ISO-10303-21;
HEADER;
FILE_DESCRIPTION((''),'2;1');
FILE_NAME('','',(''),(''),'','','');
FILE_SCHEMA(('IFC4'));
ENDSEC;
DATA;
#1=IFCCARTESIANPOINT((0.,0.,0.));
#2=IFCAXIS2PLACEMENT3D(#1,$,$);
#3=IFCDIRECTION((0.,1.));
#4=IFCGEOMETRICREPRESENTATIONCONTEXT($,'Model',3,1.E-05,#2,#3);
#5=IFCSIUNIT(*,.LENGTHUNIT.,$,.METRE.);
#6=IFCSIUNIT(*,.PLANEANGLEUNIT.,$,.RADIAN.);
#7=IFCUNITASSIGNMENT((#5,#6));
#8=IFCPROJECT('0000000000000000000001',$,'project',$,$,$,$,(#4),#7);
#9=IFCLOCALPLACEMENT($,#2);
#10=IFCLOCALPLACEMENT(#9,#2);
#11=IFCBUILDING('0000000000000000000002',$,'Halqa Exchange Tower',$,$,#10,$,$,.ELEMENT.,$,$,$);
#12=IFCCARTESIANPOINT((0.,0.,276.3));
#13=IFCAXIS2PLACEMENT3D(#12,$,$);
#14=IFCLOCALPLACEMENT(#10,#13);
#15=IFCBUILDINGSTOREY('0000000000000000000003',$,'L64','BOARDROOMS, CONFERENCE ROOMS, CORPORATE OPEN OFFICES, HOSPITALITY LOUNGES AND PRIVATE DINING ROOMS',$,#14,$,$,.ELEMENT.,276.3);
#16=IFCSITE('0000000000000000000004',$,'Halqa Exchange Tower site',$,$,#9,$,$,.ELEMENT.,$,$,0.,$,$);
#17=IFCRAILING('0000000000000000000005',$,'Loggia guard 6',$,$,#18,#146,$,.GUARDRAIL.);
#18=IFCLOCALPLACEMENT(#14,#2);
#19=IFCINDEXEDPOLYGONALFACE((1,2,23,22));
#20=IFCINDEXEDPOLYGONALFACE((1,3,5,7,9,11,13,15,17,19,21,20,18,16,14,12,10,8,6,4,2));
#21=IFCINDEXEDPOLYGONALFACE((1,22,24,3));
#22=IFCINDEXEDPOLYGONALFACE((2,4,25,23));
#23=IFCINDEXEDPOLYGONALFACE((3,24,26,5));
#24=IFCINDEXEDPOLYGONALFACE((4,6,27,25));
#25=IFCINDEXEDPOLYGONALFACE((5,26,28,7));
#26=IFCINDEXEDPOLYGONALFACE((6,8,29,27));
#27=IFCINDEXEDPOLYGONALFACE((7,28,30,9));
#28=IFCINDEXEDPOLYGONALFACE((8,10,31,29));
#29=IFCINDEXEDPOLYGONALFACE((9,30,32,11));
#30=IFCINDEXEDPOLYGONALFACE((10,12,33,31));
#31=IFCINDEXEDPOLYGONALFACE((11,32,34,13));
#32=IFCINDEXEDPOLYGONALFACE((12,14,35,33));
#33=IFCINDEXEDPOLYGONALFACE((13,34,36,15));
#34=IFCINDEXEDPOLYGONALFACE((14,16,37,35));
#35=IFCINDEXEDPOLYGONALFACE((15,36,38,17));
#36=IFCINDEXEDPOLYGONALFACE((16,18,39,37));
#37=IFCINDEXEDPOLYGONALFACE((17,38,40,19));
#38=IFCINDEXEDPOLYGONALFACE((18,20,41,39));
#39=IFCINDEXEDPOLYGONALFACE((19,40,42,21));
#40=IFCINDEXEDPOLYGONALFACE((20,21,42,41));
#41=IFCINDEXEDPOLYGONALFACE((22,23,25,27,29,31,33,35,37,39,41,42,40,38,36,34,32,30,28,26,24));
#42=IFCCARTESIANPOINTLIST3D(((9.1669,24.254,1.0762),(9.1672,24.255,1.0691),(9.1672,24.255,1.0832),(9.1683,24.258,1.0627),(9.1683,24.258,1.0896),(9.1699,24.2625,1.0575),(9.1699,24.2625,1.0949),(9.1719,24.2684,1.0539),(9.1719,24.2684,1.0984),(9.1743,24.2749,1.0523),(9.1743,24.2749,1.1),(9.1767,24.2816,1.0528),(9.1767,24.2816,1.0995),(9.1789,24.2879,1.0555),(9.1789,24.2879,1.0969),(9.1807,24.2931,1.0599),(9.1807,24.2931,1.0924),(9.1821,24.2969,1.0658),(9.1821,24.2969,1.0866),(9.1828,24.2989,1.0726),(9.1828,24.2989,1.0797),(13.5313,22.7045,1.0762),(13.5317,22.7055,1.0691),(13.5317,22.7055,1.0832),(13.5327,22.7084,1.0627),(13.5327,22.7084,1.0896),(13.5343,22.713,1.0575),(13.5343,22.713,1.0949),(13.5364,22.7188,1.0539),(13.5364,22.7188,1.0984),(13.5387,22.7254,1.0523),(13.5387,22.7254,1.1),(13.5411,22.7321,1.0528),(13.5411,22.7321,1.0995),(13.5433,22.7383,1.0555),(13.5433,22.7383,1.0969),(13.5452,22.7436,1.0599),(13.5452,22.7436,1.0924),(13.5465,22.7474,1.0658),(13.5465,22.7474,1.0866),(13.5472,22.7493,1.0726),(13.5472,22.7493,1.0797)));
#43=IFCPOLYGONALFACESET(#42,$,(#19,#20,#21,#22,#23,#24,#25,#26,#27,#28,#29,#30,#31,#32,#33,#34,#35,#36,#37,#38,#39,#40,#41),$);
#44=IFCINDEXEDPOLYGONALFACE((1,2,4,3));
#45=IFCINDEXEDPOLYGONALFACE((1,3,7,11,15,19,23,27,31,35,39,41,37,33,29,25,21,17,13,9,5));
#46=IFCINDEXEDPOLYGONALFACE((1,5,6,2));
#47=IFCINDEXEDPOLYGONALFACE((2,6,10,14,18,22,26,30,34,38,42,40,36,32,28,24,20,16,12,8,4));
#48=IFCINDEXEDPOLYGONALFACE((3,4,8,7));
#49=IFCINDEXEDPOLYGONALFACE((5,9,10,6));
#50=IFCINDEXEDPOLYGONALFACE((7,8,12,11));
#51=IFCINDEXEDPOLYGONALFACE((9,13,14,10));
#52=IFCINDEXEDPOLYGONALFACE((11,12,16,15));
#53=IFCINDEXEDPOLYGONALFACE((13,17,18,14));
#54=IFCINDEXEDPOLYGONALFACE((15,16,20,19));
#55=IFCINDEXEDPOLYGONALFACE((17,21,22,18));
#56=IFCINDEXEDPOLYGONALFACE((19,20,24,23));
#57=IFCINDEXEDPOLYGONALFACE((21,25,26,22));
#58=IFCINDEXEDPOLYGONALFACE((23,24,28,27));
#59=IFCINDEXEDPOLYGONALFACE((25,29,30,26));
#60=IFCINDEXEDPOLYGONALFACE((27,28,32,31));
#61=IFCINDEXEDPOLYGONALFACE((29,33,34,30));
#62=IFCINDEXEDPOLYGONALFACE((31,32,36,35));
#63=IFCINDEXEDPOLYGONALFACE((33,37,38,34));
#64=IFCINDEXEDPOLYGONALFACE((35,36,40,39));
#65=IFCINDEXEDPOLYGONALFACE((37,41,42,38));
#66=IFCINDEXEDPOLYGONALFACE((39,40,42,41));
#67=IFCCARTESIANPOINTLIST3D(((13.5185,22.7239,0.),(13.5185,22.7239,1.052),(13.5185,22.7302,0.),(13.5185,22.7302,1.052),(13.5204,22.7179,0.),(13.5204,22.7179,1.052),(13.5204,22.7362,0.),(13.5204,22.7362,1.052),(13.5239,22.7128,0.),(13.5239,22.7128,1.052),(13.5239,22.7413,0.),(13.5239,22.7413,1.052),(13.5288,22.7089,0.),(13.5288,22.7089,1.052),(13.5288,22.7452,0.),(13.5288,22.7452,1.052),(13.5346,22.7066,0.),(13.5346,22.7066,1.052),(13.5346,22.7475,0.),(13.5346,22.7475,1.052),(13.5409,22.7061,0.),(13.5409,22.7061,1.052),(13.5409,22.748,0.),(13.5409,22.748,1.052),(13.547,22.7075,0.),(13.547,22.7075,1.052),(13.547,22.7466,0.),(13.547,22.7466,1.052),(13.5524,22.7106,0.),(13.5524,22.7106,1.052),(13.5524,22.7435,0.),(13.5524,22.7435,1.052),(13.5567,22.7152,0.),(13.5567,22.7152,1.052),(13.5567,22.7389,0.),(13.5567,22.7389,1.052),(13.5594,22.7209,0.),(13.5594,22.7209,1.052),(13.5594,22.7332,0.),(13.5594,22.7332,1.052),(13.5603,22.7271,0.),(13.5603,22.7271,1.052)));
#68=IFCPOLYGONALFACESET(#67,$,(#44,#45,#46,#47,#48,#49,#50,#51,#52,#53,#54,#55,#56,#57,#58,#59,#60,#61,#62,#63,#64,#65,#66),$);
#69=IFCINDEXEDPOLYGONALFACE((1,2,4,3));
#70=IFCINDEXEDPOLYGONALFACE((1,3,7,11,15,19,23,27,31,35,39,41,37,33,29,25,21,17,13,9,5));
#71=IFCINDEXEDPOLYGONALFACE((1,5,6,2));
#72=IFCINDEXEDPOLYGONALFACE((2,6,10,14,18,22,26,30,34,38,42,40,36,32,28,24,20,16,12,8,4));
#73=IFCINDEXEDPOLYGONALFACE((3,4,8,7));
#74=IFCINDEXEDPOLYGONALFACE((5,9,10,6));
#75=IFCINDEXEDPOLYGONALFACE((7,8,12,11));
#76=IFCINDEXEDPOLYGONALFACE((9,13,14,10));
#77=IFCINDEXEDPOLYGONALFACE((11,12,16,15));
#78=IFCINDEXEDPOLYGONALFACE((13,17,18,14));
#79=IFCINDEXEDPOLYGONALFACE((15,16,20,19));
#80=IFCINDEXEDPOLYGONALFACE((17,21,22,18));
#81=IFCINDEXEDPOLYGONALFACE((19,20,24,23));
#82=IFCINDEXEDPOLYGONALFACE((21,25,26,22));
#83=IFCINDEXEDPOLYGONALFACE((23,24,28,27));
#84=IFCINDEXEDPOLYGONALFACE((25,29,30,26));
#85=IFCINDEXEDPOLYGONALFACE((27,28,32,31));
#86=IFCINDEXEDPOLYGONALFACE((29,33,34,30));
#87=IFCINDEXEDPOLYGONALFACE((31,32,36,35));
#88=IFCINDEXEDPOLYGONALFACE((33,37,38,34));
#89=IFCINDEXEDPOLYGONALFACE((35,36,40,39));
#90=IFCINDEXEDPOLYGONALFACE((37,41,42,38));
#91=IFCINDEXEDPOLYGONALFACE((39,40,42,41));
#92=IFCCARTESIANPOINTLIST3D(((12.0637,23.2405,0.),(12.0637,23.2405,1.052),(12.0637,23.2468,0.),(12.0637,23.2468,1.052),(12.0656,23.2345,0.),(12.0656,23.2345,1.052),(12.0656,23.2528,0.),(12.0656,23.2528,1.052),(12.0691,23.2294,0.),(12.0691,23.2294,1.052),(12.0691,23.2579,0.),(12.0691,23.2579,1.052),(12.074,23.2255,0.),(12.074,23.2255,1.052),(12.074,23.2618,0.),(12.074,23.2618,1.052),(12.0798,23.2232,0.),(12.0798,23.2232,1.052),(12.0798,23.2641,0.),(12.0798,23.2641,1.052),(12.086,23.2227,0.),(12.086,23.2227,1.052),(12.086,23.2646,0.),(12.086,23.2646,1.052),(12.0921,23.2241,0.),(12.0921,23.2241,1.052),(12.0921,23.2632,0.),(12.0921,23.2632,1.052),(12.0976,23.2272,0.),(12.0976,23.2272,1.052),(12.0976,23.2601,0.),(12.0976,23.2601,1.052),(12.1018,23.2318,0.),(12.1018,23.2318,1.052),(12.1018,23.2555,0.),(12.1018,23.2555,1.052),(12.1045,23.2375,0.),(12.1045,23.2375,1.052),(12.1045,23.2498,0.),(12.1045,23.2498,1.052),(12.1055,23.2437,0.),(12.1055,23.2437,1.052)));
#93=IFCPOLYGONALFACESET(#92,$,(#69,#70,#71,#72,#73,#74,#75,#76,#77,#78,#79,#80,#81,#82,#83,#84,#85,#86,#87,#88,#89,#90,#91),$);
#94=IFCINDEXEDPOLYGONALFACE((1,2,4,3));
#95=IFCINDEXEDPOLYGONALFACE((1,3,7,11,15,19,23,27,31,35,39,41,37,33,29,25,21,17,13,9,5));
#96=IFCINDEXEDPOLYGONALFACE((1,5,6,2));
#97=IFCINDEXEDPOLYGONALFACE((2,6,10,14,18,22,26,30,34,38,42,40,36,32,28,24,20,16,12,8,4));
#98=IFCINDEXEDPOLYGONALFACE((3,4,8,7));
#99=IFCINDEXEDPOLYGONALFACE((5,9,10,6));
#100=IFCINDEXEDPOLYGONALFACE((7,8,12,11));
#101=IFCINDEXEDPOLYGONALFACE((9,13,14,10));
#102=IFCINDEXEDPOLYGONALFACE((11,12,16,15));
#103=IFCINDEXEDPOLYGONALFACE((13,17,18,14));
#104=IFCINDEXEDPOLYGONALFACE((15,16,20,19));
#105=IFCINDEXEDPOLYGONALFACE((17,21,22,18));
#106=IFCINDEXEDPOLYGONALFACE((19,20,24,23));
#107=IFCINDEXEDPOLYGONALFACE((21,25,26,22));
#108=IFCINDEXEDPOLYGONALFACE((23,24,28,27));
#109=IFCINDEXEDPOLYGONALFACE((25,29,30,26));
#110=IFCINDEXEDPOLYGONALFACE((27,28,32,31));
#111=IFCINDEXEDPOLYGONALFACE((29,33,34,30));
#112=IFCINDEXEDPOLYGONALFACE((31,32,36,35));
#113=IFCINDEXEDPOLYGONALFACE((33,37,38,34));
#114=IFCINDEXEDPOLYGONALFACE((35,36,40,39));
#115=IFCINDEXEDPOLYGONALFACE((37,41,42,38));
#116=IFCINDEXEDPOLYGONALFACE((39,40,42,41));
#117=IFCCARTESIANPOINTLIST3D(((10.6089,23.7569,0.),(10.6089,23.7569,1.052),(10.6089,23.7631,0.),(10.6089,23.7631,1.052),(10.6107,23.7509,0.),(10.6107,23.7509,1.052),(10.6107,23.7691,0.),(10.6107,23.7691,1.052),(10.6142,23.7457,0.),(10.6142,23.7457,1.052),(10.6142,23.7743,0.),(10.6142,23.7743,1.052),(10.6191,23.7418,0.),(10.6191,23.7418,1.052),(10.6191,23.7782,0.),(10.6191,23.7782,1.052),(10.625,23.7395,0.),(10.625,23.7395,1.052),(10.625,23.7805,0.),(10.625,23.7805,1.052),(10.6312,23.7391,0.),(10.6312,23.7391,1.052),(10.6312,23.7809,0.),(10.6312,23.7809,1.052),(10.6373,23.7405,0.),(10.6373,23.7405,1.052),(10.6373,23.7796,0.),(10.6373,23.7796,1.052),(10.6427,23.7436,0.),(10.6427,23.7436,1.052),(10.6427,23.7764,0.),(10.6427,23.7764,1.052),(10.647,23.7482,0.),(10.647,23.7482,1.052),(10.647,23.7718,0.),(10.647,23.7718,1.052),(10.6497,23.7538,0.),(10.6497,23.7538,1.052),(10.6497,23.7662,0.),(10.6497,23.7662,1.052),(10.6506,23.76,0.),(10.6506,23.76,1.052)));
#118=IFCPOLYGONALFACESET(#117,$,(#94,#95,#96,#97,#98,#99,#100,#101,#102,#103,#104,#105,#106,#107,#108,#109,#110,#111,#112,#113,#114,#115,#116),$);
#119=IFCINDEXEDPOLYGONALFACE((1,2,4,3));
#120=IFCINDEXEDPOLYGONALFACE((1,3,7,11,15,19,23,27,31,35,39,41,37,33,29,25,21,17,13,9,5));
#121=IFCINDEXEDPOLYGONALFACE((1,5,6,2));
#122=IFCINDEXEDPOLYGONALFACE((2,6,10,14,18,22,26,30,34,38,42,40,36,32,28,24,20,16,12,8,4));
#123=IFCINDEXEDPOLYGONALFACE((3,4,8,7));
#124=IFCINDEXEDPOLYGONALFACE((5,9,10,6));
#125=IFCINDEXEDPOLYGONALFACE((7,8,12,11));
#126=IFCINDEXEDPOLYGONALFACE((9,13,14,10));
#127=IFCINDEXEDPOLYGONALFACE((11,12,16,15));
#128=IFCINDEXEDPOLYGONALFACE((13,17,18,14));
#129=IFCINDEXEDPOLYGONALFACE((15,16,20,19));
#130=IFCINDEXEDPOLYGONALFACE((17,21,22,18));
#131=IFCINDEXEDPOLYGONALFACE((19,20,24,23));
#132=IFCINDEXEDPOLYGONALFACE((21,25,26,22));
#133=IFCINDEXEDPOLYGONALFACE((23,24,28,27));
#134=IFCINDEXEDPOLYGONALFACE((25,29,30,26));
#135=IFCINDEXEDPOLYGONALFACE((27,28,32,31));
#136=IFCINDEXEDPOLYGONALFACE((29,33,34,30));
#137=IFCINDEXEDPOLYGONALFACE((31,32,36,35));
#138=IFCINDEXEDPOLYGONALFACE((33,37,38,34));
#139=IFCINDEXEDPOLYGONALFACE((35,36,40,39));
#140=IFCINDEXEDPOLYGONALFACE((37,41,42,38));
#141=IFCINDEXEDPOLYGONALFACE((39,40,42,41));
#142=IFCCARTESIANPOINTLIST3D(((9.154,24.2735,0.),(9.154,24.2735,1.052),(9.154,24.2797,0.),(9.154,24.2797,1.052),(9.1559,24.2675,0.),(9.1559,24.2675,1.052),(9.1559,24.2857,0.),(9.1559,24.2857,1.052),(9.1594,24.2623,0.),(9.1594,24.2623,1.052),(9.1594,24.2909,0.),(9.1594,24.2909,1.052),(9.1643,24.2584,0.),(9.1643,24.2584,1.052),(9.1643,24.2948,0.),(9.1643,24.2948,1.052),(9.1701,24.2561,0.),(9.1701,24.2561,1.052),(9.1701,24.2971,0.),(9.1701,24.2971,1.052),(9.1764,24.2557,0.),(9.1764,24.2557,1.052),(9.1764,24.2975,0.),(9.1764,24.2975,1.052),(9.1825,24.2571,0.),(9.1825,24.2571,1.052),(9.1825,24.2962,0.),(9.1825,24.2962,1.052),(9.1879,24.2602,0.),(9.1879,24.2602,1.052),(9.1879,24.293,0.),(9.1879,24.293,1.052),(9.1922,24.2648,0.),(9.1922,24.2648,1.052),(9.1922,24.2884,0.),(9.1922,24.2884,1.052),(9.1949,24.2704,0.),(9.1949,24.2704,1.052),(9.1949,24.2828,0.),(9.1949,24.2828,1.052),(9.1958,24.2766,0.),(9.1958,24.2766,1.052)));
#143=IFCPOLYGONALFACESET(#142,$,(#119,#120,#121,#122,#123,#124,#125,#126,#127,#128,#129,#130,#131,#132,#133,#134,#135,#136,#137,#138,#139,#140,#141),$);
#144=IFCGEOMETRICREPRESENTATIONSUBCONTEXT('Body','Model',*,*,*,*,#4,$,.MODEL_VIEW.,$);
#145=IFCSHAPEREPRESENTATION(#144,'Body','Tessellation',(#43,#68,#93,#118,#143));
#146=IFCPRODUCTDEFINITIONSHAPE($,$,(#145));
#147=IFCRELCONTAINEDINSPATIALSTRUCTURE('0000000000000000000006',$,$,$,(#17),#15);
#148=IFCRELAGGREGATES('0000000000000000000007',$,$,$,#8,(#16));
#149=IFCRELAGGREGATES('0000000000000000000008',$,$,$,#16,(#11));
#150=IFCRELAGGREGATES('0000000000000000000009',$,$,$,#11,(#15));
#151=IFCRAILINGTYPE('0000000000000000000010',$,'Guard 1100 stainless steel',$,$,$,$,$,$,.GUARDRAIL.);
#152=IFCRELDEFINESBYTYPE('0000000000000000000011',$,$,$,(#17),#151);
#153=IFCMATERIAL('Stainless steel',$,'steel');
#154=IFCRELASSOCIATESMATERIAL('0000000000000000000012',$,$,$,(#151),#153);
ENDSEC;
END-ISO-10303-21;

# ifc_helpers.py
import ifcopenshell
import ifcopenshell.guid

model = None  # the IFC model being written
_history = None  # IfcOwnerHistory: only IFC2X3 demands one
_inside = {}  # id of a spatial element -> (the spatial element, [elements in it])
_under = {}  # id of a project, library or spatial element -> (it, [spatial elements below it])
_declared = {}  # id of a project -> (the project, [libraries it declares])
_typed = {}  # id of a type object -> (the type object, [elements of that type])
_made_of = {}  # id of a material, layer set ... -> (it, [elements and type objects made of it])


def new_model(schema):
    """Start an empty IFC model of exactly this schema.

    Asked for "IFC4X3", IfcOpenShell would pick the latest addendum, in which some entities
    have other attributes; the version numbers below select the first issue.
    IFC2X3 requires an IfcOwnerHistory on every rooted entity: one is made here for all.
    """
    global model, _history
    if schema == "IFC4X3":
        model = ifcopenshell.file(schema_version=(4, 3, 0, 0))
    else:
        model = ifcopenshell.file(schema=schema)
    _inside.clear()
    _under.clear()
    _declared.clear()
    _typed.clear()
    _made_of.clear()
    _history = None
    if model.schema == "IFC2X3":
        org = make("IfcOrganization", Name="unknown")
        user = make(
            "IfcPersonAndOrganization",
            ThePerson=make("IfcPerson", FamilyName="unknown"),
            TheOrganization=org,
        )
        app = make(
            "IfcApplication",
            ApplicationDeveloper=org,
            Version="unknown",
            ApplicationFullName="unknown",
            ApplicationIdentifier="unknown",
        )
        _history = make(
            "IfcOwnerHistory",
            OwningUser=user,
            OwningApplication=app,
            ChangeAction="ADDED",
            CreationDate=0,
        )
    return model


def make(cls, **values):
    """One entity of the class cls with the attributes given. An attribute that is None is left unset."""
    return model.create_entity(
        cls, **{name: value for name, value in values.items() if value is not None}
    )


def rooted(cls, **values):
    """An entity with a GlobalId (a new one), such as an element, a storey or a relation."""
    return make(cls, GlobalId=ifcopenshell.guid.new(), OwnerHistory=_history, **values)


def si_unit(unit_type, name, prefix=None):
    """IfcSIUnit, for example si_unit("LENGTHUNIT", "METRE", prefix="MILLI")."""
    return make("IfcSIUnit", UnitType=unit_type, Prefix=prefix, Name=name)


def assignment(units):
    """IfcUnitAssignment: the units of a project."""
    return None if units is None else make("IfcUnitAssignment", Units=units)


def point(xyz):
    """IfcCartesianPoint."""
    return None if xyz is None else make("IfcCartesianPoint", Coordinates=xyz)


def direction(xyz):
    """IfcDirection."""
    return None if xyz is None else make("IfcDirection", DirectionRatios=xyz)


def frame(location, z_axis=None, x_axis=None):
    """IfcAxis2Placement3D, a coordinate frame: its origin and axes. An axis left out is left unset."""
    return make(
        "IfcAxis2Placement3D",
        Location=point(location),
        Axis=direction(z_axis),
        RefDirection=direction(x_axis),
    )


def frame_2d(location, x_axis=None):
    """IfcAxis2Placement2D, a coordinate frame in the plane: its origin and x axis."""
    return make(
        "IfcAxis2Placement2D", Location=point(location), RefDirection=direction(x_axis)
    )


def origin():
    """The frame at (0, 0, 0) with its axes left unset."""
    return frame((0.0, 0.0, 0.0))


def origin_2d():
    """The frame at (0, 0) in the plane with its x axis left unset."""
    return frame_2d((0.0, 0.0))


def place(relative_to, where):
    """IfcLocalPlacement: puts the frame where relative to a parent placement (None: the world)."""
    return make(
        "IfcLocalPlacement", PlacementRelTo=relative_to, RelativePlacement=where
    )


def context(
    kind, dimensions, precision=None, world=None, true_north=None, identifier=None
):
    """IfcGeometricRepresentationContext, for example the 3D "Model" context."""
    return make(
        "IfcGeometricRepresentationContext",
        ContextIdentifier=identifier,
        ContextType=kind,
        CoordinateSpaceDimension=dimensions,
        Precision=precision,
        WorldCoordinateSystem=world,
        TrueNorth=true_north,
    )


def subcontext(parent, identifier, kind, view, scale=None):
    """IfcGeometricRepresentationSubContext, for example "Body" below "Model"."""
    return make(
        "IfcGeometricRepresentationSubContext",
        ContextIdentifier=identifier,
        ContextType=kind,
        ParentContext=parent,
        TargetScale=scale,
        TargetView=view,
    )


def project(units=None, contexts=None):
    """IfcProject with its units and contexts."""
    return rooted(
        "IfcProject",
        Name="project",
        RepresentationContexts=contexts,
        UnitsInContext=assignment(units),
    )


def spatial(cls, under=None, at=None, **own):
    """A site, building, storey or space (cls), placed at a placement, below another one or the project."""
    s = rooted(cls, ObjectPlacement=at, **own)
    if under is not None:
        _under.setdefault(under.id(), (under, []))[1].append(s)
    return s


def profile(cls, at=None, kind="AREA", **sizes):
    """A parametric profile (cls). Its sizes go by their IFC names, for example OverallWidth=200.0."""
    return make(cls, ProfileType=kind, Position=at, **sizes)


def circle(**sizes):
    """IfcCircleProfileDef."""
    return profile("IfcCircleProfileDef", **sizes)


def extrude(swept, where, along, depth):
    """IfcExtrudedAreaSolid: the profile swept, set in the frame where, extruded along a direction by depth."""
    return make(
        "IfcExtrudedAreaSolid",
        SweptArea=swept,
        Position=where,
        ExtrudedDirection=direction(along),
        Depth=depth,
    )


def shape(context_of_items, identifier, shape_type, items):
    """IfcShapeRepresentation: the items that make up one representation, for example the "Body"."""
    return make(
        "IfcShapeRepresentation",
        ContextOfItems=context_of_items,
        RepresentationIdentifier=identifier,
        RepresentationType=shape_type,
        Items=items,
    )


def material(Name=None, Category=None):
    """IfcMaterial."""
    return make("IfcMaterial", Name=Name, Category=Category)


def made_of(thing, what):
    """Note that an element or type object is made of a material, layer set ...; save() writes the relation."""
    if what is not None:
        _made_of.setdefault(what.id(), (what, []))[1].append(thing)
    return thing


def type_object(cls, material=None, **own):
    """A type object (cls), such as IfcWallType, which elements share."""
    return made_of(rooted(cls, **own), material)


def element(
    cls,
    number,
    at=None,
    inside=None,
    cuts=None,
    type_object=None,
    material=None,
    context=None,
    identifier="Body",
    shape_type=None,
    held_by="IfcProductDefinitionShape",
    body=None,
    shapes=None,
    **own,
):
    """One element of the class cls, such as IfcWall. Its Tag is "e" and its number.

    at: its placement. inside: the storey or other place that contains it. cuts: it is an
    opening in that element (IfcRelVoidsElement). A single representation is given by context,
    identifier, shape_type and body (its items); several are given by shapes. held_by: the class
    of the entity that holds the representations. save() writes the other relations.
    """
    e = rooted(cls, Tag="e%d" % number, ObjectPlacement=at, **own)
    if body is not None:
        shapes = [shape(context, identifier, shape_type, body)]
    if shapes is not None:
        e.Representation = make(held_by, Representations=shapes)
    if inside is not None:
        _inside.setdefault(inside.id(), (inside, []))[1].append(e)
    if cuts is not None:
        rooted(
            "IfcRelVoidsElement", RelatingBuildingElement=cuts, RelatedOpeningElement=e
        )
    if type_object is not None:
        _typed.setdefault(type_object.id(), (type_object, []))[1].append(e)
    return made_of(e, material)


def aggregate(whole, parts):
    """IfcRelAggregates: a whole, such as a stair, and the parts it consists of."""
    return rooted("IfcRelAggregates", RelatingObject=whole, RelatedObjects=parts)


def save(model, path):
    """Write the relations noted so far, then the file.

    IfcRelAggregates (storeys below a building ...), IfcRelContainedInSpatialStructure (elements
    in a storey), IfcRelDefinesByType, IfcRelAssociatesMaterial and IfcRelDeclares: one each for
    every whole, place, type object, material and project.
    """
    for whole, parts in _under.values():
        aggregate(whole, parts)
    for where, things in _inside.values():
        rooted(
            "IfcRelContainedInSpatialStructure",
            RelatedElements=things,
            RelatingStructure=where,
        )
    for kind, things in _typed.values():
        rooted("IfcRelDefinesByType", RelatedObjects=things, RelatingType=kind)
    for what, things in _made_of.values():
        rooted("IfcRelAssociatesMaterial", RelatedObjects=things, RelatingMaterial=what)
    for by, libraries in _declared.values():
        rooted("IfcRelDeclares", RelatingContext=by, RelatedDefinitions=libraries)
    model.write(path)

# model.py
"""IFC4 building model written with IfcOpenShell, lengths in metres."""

from ifc_helpers import new_model, si_unit, direction, frame, origin, origin_2d, place, context, subcontext, project, spatial, circle, extrude, material, type_object, element, save


model = new_model("IFC4")

# Units and contexts
model_context = context("Model", 3, precision=1e-05, world=origin(), true_north=direction((0.0, 1.0)))
body_context = subcontext(model_context, "Body", "Model", "MODEL_VIEW")
ifc_project = project(units=[si_unit("LENGTHUNIT", "METRE"), si_unit("PLANEANGLEUNIT", "RADIAN")], contexts=[model_context])

# Site, building, storey
site_placement = place(None, origin())
site = spatial("IfcSite", under=ifc_project, at=site_placement, Name="Halqa Exchange Tower site", CompositionType="ELEMENT", RefElevation=0.0)
building_placement = place(site_placement, origin())
building = spatial("IfcBuilding", under=site, at=building_placement, Name="Halqa Exchange Tower", CompositionType="ELEMENT")
storey_placement = place(building_placement, frame((0.0, 0.0, 276.3)))
storey = spatial("IfcBuildingStorey", under=building, at=storey_placement, Name="L64", Description="BOARDROOMS, CONFERENCE ROOMS, CORPORATE OPEN OFFICES, HOSPITALITY LOUNGES AND PRIVATE DINING ROOMS", CompositionType="ELEMENT", Elevation=276.3)

# Railing
ifc_material_1 = material(Name="Stainless steel", Category="steel")
railing_type = type_object("IfcRailingType", Name="Guard 1100 stainless steel", PredefinedType="GUARDRAIL", material=ifc_material_1)
railing_1_placement = place(storey_placement, frame((13.5393, 22.7271, 0.0)))
element("IfcRailing", 1, at=railing_1_placement, inside=storey, type_object=railing_type, Name="Loggia guard 6", PredefinedType="GUARDRAIL", context=body_context, shape_type="SweptSolid", body=[
    extrude(circle(Radius=0.0239, at=origin_2d()), frame((0.0, 0.0, 1.0762), z_axis=(-0.942369, 0.334576, 0.0), x_axis=(-0.334576, -0.942369, 0.0)), (0.0, 0.0, 1.0), 4.6313),
    extrude(circle(Radius=0.021, at=origin_2d()), origin(), (0.0, 0.0, 1.0), 1.052),
    extrude(circle(Radius=0.021, at=origin_2d()), frame((-1.4548, 0.5166, 0.0)), (0.0, 0.0, 1.0), 1.052),
    extrude(circle(Radius=0.021, at=origin_2d()), frame((-2.9097, 1.033, 0.0)), (0.0, 0.0, 1.0), 1.052),
    extrude(circle(Radius=0.021, at=origin_2d()), frame((-4.3645, 1.5496, 0.0)), (0.0, 0.0, 1.0), 1.052),
])

save(model, "model.ifc")
